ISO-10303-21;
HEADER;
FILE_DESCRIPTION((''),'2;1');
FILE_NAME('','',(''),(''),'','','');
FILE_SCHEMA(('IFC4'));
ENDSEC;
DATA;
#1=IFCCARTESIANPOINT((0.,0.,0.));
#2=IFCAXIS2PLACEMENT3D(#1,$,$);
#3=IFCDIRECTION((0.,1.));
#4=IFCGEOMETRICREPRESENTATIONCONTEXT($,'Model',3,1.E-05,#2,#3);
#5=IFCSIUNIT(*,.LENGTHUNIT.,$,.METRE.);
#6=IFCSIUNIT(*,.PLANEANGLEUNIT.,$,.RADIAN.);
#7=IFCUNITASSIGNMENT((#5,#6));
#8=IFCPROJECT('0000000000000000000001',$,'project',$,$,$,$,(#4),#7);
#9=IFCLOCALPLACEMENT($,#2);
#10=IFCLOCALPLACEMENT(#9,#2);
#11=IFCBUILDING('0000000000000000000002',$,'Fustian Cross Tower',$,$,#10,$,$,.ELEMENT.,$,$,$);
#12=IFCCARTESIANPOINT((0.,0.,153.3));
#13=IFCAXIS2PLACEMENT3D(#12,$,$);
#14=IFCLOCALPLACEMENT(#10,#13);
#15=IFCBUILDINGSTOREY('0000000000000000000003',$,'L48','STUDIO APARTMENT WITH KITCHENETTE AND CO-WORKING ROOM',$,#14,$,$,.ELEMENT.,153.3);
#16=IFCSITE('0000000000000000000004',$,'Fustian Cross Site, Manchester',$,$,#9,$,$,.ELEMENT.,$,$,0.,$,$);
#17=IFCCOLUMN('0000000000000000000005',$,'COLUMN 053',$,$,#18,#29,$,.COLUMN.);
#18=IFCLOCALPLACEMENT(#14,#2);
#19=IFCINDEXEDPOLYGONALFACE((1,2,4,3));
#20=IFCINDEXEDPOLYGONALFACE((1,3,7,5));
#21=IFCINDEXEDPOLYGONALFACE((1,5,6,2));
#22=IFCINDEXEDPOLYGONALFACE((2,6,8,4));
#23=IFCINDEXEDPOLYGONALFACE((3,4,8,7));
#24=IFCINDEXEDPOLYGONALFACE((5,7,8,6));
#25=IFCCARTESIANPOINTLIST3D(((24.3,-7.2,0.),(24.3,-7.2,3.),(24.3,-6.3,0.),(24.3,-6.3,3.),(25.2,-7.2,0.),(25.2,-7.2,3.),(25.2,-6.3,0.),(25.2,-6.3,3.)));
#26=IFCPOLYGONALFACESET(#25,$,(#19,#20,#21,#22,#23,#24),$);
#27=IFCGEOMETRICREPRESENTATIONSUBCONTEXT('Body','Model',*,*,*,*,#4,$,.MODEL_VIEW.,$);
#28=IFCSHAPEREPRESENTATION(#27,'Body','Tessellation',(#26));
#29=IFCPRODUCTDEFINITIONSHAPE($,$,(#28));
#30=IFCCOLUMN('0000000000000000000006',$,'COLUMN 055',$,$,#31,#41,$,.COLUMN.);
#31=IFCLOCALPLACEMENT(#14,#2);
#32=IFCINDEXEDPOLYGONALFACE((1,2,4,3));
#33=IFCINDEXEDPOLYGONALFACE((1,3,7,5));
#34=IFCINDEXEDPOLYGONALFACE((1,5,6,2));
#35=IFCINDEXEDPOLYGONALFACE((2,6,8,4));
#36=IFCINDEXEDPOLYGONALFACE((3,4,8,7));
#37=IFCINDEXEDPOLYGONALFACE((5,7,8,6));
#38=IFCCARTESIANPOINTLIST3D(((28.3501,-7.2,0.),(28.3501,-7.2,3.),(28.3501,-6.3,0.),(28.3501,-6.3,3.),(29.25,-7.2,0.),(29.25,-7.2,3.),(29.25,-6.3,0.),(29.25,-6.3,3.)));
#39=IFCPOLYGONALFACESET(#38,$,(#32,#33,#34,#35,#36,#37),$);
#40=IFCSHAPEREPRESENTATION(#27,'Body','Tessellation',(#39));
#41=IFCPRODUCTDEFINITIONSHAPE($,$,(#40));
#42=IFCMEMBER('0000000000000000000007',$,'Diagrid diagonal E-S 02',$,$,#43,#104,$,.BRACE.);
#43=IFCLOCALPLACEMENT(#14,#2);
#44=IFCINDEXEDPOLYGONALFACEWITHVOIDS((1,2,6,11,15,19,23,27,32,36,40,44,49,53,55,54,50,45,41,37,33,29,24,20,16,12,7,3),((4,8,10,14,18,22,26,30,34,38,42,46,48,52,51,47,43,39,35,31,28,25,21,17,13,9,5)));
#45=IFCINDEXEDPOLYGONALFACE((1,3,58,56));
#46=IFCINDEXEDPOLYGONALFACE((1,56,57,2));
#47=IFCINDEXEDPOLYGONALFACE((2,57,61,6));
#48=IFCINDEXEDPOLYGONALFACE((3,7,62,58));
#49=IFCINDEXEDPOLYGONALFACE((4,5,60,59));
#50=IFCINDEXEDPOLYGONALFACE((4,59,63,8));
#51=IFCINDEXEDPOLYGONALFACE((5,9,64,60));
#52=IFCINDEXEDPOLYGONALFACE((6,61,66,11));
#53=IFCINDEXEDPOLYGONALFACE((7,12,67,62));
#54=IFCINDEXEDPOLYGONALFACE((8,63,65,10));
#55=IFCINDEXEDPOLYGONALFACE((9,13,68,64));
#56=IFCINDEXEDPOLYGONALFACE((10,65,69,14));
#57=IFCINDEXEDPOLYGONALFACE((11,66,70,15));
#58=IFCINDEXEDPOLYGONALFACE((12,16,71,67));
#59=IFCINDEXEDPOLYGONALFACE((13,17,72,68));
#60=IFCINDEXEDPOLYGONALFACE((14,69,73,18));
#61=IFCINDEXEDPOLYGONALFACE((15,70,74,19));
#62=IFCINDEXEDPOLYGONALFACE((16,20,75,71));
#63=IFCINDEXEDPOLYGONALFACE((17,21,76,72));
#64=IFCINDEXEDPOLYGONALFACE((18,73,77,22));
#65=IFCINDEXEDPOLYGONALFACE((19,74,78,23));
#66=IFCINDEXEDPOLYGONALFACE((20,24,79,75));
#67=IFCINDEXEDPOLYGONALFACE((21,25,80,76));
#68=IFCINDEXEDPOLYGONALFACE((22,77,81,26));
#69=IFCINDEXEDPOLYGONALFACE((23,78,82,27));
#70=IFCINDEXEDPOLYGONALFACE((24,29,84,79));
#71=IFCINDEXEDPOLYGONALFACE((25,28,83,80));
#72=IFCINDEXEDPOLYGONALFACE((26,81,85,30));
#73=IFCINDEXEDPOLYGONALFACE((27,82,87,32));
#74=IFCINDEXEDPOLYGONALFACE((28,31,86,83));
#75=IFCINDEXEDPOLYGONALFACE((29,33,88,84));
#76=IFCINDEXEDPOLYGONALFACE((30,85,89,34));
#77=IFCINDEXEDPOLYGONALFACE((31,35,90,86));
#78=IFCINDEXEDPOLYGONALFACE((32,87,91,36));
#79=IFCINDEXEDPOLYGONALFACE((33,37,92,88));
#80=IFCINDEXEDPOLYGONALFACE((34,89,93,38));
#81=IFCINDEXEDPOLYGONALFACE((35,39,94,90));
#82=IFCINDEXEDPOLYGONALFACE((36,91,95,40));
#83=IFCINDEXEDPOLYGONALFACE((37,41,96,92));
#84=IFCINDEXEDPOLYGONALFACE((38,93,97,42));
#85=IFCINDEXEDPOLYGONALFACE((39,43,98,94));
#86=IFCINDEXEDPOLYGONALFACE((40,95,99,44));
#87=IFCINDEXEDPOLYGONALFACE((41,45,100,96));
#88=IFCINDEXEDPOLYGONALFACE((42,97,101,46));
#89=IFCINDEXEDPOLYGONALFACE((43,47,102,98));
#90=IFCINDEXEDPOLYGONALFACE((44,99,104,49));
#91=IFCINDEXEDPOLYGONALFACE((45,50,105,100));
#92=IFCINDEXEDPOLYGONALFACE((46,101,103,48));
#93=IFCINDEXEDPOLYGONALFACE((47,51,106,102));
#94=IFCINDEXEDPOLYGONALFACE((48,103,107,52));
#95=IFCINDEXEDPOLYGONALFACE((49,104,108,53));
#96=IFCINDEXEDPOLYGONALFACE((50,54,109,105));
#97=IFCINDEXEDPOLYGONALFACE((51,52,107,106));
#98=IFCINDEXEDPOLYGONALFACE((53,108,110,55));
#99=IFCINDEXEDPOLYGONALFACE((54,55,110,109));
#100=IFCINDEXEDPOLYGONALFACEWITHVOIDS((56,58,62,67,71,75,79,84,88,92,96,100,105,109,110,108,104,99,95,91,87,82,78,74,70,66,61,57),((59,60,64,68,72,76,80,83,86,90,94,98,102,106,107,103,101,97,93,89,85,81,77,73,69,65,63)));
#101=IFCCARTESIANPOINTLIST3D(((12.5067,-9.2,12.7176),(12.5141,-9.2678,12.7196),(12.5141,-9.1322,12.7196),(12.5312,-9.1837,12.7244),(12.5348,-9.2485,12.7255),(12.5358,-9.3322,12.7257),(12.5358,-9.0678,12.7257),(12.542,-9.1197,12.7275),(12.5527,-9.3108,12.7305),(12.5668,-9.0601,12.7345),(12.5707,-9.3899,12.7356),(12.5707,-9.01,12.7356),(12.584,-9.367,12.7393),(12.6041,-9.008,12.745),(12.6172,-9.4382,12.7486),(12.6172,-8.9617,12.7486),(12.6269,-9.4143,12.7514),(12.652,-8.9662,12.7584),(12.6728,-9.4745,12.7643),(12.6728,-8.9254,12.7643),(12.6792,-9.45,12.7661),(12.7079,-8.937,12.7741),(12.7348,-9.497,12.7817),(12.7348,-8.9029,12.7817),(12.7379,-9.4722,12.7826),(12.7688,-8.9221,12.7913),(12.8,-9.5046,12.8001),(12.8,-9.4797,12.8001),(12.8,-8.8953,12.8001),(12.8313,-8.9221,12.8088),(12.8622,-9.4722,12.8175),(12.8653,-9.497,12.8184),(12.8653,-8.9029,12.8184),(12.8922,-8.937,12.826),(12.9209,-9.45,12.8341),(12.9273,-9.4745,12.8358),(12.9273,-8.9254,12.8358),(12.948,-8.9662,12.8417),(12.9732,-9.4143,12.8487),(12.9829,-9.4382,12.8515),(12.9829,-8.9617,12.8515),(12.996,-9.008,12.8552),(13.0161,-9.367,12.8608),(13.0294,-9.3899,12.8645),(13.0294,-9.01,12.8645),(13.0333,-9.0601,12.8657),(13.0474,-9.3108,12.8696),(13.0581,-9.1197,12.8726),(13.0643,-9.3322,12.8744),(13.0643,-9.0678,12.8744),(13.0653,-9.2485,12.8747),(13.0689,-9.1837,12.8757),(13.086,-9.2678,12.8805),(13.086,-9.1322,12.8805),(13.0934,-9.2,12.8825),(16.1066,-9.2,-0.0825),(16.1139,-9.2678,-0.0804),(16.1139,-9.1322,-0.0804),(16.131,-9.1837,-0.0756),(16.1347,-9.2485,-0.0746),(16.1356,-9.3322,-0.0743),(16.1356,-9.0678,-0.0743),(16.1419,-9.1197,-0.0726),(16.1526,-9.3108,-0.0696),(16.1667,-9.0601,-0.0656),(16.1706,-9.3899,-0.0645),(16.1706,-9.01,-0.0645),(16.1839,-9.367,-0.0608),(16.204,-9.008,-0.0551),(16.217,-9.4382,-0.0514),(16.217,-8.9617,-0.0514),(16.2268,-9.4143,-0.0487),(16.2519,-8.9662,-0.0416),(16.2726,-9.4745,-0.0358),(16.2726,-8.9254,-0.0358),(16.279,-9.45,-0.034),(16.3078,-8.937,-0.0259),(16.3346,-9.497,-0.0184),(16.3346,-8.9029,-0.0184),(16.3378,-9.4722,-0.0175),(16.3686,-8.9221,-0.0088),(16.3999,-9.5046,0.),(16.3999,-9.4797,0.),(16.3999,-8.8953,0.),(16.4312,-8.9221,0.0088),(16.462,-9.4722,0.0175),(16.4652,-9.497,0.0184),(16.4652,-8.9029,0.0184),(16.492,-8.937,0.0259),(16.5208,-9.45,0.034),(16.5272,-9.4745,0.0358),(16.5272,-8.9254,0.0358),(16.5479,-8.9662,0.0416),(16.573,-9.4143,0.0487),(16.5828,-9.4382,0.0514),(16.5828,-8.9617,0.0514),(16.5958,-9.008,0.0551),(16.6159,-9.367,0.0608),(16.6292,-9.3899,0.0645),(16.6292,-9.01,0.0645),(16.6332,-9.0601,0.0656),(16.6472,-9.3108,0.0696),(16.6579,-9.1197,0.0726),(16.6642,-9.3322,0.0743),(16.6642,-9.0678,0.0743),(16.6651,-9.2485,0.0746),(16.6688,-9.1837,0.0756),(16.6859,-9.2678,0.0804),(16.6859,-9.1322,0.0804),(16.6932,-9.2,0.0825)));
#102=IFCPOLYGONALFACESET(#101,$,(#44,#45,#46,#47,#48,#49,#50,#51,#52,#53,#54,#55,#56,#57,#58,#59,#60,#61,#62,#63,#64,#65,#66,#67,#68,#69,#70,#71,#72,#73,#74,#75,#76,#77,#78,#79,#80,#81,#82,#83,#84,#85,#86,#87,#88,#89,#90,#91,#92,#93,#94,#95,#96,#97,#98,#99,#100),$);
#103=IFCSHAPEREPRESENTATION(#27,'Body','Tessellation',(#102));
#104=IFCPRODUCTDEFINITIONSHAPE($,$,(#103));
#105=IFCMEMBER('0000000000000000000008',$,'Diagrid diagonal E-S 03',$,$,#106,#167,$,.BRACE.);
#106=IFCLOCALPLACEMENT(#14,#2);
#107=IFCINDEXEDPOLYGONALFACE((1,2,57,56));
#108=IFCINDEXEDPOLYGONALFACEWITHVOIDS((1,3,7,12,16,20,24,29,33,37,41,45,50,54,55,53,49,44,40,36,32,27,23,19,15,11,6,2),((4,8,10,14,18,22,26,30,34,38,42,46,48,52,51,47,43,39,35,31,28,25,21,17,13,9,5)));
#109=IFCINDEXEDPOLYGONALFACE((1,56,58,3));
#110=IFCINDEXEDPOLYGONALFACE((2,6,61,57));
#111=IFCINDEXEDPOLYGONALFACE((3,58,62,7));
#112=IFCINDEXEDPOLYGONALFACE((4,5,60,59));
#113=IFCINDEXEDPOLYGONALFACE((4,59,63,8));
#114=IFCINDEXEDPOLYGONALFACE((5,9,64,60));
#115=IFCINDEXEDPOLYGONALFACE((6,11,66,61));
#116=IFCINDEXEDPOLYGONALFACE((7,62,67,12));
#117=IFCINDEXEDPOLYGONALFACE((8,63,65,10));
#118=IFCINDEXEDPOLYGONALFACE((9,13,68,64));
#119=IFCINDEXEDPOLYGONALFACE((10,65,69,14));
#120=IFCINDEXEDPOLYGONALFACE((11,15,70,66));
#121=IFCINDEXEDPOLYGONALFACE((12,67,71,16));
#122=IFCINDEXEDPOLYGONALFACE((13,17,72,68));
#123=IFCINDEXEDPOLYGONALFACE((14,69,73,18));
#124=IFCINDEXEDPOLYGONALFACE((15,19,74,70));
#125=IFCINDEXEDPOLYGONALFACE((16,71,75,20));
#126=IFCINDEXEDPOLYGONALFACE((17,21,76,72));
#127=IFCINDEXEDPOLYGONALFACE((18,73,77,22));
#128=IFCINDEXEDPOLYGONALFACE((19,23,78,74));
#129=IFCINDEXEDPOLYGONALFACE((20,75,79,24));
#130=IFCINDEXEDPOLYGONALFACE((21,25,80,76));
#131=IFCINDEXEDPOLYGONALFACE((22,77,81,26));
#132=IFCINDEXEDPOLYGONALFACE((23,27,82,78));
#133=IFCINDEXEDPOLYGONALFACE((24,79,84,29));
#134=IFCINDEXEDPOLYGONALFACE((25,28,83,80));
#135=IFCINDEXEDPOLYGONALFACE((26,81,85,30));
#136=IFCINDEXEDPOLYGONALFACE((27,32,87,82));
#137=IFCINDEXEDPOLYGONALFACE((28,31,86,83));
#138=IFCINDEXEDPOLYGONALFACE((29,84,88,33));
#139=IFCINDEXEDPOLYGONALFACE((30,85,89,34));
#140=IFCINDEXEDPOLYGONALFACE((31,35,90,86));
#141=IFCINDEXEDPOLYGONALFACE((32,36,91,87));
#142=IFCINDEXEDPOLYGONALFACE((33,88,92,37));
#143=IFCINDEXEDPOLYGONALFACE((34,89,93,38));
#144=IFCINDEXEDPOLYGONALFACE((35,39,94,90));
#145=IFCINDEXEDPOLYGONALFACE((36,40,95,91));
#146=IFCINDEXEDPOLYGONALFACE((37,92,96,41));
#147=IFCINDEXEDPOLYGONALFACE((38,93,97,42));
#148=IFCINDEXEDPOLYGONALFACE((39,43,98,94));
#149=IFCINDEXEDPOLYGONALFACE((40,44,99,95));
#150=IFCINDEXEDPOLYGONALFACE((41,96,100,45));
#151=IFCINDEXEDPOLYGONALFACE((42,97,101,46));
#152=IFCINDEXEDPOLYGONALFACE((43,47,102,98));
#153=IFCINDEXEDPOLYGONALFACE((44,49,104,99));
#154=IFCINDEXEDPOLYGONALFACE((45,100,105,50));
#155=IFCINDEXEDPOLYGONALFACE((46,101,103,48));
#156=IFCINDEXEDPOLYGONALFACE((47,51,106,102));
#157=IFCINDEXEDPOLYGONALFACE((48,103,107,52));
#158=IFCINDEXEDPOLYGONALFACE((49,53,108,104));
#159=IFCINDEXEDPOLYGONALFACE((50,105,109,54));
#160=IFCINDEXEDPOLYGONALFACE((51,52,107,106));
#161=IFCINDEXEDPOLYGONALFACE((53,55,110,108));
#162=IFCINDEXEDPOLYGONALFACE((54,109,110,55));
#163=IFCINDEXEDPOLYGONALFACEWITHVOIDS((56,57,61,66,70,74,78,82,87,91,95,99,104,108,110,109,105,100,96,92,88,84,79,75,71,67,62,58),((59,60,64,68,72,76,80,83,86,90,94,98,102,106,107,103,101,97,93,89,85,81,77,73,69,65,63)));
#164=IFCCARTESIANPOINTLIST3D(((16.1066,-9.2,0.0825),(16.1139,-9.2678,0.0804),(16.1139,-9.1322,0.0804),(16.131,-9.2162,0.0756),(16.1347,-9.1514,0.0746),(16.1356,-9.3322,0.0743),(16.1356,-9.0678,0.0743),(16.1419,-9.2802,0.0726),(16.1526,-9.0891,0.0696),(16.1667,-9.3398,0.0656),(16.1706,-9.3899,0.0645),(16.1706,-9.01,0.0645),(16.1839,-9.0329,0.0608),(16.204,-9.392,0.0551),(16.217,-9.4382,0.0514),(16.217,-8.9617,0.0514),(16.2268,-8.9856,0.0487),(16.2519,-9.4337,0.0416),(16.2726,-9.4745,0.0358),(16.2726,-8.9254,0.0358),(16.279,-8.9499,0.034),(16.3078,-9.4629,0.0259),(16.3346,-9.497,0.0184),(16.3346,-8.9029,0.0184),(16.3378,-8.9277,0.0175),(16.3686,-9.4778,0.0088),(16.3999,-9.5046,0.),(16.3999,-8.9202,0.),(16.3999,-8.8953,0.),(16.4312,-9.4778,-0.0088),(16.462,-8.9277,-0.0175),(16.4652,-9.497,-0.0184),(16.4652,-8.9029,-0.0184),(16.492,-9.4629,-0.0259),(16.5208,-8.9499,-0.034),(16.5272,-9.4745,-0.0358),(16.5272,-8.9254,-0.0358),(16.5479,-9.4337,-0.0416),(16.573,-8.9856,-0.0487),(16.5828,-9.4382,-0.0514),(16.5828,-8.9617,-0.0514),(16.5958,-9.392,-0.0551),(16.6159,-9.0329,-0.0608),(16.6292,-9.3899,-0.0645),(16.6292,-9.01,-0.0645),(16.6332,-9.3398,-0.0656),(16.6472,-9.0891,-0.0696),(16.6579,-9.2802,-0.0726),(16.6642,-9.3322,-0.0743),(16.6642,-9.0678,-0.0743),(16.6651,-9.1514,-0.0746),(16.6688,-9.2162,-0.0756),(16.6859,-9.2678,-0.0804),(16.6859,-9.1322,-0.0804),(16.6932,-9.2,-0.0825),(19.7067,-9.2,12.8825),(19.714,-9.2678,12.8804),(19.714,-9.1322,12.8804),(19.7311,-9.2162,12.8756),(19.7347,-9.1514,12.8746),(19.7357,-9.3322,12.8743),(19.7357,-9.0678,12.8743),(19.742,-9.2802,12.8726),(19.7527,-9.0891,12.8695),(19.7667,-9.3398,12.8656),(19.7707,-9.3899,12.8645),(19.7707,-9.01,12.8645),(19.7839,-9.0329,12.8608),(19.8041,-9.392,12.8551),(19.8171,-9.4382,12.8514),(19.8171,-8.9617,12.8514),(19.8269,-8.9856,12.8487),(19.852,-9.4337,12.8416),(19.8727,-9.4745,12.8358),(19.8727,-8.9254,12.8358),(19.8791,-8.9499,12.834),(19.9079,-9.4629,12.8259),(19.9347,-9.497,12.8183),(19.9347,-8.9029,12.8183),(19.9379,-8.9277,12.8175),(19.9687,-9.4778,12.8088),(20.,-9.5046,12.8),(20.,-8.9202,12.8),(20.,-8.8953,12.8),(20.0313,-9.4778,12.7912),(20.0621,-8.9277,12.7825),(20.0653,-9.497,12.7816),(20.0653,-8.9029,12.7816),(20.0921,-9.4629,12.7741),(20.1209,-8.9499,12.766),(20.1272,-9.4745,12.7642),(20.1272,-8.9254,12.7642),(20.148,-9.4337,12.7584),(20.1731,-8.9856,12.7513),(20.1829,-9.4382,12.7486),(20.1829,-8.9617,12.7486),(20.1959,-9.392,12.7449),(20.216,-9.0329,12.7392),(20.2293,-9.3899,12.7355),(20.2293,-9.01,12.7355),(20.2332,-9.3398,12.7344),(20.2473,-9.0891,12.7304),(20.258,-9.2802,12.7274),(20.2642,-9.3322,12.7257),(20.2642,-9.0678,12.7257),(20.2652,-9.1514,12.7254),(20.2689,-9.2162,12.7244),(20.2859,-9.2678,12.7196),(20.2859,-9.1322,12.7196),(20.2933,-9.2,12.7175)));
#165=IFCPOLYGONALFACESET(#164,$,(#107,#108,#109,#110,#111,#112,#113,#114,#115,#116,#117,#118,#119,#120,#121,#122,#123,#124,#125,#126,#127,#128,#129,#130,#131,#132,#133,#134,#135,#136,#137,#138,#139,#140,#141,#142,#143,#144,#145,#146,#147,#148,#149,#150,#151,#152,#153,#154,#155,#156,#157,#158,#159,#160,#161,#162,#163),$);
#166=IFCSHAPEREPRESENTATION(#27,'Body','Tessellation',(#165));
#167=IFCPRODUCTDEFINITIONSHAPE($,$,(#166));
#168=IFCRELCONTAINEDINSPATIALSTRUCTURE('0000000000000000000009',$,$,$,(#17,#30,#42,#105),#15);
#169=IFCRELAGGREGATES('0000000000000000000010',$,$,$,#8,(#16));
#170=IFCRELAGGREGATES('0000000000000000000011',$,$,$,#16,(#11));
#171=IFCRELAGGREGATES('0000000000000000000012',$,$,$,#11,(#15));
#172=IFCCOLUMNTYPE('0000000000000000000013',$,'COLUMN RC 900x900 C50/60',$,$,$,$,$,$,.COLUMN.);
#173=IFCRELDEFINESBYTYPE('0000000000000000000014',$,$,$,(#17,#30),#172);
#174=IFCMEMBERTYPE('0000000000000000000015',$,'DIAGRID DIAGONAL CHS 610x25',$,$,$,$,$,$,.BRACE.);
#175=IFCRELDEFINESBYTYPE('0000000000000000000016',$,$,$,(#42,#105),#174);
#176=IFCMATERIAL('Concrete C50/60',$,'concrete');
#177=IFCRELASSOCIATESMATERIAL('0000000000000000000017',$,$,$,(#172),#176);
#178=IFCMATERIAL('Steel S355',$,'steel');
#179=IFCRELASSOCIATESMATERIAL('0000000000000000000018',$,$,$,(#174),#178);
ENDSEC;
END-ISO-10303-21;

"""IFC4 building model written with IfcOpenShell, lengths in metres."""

from ifc_helpers import new_model, si_unit, direction, frame, origin, origin_2d, place, context, subcontext, project, spatial, rectangle, hollow_circle, extrude, material, material_profile, profile_set, type_object, element, save


model = new_model("IFC4")

# Units and contexts
model_context = context("Model", 3, precision=1e-05, world=origin(), true_north=direction((0.0, 1.0)))
body_context = subcontext(model_context, "Body", "Model", "MODEL_VIEW")
ifc_project = project(units=[si_unit("LENGTHUNIT", "METRE"), si_unit("PLANEANGLEUNIT", "RADIAN")], contexts=[model_context])

# Site, building, storey
site_placement = place(None, origin())
site = spatial("IfcSite", under=ifc_project, at=site_placement, Name="Fustian Cross Site, Manchester", CompositionType="ELEMENT", RefElevation=0.0)
building_placement = place(site_placement, origin())
building = spatial("IfcBuilding", under=site, at=building_placement, Name="Fustian Cross Tower", CompositionType="ELEMENT")
storey_placement = place(building_placement, frame((0.0, 0.0, 153.3)))
storey = spatial("IfcBuildingStorey", under=building, at=storey_placement, Name="L48", Description="STUDIO APARTMENT WITH KITCHENETTE AND CO-WORKING ROOM", CompositionType="ELEMENT", Elevation=153.3)

# Columns
ifc_material_1 = material(Name="Concrete C50/60", Category="concrete")
ifc_material_profile_1 = material_profile(ifc_material_1, rectangle(XDim=0.8999, YDim=0.8999, at=origin_2d()), Name="RC 900x900")
ifc_profile_set_1 = profile_set([ifc_material_profile_1], Name="Concrete C50/60")
column_type = type_object("IfcColumnType", Name="COLUMN RC 900x900 C50/60", PredefinedType="COLUMN", material=ifc_profile_set_1)
for number, where, z_axis, x_axis, name in (
    (1, (24.75, -6.75, 0.0), (0.0, 0.0, 1.0), (1.0, 0.0, 0.0), "COLUMN 053"),
    (2, (28.8, -6.75, 0.0), (0.0, 0.0, 1.0), (1.0, 0.0, 0.0), "COLUMN 055"),
):
    element("IfcColumn", number, at=place(storey_placement, frame(where, z_axis=z_axis, x_axis=x_axis)), inside=storey, type_object=column_type, Name=name, PredefinedType="COLUMN", context=body_context, shape_type="SweptSolid", body=[
        extrude(rectangle(XDim=0.8999, YDim=0.8999, at=origin_2d()), origin(), (0.0, 0.0, 1.0), 3.0),
    ])

# Members
ifc_material_2 = material(Name="Steel S355", Category="steel")
ifc_material_profile_2 = material_profile(ifc_material_2, hollow_circle(Radius=0.3047, WallThickness=0.0249, at=origin_2d()), Name="CHS 610x25")
ifc_profile_set_2 = profile_set([ifc_material_profile_2], Name="Steel S355")
member_type = type_object("IfcMemberType", Name="DIAGRID DIAGONAL CHS 610x25", PredefinedType="BRACE", material=ifc_profile_set_2)
for number, where, z_axis, x_axis, name in (
    (3, (16.3999, -9.2, 0.0), (-0.270734, 0.0, 0.962654), (0.0, -1.0, 0.0), "Diagrid diagonal E-S 02"),
    (4, (16.3999, -9.2, 0.0), (0.270751, 0.0, 0.962649), (0.0, 1.0, 0.0), "Diagrid diagonal E-S 03"),
):
    element("IfcMember", number, at=place(storey_placement, frame(where, z_axis=z_axis, x_axis=x_axis)), inside=storey, type_object=member_type, Name=name, PredefinedType="BRACE", context=body_context, shape_type="SweptSolid", body=[
        extrude(hollow_circle(Radius=0.3047, WallThickness=0.0249, at=origin_2d()), origin(), (0.0, 0.0, 1.0), 13.2966),
    ])

save(model, "model.ifc")
